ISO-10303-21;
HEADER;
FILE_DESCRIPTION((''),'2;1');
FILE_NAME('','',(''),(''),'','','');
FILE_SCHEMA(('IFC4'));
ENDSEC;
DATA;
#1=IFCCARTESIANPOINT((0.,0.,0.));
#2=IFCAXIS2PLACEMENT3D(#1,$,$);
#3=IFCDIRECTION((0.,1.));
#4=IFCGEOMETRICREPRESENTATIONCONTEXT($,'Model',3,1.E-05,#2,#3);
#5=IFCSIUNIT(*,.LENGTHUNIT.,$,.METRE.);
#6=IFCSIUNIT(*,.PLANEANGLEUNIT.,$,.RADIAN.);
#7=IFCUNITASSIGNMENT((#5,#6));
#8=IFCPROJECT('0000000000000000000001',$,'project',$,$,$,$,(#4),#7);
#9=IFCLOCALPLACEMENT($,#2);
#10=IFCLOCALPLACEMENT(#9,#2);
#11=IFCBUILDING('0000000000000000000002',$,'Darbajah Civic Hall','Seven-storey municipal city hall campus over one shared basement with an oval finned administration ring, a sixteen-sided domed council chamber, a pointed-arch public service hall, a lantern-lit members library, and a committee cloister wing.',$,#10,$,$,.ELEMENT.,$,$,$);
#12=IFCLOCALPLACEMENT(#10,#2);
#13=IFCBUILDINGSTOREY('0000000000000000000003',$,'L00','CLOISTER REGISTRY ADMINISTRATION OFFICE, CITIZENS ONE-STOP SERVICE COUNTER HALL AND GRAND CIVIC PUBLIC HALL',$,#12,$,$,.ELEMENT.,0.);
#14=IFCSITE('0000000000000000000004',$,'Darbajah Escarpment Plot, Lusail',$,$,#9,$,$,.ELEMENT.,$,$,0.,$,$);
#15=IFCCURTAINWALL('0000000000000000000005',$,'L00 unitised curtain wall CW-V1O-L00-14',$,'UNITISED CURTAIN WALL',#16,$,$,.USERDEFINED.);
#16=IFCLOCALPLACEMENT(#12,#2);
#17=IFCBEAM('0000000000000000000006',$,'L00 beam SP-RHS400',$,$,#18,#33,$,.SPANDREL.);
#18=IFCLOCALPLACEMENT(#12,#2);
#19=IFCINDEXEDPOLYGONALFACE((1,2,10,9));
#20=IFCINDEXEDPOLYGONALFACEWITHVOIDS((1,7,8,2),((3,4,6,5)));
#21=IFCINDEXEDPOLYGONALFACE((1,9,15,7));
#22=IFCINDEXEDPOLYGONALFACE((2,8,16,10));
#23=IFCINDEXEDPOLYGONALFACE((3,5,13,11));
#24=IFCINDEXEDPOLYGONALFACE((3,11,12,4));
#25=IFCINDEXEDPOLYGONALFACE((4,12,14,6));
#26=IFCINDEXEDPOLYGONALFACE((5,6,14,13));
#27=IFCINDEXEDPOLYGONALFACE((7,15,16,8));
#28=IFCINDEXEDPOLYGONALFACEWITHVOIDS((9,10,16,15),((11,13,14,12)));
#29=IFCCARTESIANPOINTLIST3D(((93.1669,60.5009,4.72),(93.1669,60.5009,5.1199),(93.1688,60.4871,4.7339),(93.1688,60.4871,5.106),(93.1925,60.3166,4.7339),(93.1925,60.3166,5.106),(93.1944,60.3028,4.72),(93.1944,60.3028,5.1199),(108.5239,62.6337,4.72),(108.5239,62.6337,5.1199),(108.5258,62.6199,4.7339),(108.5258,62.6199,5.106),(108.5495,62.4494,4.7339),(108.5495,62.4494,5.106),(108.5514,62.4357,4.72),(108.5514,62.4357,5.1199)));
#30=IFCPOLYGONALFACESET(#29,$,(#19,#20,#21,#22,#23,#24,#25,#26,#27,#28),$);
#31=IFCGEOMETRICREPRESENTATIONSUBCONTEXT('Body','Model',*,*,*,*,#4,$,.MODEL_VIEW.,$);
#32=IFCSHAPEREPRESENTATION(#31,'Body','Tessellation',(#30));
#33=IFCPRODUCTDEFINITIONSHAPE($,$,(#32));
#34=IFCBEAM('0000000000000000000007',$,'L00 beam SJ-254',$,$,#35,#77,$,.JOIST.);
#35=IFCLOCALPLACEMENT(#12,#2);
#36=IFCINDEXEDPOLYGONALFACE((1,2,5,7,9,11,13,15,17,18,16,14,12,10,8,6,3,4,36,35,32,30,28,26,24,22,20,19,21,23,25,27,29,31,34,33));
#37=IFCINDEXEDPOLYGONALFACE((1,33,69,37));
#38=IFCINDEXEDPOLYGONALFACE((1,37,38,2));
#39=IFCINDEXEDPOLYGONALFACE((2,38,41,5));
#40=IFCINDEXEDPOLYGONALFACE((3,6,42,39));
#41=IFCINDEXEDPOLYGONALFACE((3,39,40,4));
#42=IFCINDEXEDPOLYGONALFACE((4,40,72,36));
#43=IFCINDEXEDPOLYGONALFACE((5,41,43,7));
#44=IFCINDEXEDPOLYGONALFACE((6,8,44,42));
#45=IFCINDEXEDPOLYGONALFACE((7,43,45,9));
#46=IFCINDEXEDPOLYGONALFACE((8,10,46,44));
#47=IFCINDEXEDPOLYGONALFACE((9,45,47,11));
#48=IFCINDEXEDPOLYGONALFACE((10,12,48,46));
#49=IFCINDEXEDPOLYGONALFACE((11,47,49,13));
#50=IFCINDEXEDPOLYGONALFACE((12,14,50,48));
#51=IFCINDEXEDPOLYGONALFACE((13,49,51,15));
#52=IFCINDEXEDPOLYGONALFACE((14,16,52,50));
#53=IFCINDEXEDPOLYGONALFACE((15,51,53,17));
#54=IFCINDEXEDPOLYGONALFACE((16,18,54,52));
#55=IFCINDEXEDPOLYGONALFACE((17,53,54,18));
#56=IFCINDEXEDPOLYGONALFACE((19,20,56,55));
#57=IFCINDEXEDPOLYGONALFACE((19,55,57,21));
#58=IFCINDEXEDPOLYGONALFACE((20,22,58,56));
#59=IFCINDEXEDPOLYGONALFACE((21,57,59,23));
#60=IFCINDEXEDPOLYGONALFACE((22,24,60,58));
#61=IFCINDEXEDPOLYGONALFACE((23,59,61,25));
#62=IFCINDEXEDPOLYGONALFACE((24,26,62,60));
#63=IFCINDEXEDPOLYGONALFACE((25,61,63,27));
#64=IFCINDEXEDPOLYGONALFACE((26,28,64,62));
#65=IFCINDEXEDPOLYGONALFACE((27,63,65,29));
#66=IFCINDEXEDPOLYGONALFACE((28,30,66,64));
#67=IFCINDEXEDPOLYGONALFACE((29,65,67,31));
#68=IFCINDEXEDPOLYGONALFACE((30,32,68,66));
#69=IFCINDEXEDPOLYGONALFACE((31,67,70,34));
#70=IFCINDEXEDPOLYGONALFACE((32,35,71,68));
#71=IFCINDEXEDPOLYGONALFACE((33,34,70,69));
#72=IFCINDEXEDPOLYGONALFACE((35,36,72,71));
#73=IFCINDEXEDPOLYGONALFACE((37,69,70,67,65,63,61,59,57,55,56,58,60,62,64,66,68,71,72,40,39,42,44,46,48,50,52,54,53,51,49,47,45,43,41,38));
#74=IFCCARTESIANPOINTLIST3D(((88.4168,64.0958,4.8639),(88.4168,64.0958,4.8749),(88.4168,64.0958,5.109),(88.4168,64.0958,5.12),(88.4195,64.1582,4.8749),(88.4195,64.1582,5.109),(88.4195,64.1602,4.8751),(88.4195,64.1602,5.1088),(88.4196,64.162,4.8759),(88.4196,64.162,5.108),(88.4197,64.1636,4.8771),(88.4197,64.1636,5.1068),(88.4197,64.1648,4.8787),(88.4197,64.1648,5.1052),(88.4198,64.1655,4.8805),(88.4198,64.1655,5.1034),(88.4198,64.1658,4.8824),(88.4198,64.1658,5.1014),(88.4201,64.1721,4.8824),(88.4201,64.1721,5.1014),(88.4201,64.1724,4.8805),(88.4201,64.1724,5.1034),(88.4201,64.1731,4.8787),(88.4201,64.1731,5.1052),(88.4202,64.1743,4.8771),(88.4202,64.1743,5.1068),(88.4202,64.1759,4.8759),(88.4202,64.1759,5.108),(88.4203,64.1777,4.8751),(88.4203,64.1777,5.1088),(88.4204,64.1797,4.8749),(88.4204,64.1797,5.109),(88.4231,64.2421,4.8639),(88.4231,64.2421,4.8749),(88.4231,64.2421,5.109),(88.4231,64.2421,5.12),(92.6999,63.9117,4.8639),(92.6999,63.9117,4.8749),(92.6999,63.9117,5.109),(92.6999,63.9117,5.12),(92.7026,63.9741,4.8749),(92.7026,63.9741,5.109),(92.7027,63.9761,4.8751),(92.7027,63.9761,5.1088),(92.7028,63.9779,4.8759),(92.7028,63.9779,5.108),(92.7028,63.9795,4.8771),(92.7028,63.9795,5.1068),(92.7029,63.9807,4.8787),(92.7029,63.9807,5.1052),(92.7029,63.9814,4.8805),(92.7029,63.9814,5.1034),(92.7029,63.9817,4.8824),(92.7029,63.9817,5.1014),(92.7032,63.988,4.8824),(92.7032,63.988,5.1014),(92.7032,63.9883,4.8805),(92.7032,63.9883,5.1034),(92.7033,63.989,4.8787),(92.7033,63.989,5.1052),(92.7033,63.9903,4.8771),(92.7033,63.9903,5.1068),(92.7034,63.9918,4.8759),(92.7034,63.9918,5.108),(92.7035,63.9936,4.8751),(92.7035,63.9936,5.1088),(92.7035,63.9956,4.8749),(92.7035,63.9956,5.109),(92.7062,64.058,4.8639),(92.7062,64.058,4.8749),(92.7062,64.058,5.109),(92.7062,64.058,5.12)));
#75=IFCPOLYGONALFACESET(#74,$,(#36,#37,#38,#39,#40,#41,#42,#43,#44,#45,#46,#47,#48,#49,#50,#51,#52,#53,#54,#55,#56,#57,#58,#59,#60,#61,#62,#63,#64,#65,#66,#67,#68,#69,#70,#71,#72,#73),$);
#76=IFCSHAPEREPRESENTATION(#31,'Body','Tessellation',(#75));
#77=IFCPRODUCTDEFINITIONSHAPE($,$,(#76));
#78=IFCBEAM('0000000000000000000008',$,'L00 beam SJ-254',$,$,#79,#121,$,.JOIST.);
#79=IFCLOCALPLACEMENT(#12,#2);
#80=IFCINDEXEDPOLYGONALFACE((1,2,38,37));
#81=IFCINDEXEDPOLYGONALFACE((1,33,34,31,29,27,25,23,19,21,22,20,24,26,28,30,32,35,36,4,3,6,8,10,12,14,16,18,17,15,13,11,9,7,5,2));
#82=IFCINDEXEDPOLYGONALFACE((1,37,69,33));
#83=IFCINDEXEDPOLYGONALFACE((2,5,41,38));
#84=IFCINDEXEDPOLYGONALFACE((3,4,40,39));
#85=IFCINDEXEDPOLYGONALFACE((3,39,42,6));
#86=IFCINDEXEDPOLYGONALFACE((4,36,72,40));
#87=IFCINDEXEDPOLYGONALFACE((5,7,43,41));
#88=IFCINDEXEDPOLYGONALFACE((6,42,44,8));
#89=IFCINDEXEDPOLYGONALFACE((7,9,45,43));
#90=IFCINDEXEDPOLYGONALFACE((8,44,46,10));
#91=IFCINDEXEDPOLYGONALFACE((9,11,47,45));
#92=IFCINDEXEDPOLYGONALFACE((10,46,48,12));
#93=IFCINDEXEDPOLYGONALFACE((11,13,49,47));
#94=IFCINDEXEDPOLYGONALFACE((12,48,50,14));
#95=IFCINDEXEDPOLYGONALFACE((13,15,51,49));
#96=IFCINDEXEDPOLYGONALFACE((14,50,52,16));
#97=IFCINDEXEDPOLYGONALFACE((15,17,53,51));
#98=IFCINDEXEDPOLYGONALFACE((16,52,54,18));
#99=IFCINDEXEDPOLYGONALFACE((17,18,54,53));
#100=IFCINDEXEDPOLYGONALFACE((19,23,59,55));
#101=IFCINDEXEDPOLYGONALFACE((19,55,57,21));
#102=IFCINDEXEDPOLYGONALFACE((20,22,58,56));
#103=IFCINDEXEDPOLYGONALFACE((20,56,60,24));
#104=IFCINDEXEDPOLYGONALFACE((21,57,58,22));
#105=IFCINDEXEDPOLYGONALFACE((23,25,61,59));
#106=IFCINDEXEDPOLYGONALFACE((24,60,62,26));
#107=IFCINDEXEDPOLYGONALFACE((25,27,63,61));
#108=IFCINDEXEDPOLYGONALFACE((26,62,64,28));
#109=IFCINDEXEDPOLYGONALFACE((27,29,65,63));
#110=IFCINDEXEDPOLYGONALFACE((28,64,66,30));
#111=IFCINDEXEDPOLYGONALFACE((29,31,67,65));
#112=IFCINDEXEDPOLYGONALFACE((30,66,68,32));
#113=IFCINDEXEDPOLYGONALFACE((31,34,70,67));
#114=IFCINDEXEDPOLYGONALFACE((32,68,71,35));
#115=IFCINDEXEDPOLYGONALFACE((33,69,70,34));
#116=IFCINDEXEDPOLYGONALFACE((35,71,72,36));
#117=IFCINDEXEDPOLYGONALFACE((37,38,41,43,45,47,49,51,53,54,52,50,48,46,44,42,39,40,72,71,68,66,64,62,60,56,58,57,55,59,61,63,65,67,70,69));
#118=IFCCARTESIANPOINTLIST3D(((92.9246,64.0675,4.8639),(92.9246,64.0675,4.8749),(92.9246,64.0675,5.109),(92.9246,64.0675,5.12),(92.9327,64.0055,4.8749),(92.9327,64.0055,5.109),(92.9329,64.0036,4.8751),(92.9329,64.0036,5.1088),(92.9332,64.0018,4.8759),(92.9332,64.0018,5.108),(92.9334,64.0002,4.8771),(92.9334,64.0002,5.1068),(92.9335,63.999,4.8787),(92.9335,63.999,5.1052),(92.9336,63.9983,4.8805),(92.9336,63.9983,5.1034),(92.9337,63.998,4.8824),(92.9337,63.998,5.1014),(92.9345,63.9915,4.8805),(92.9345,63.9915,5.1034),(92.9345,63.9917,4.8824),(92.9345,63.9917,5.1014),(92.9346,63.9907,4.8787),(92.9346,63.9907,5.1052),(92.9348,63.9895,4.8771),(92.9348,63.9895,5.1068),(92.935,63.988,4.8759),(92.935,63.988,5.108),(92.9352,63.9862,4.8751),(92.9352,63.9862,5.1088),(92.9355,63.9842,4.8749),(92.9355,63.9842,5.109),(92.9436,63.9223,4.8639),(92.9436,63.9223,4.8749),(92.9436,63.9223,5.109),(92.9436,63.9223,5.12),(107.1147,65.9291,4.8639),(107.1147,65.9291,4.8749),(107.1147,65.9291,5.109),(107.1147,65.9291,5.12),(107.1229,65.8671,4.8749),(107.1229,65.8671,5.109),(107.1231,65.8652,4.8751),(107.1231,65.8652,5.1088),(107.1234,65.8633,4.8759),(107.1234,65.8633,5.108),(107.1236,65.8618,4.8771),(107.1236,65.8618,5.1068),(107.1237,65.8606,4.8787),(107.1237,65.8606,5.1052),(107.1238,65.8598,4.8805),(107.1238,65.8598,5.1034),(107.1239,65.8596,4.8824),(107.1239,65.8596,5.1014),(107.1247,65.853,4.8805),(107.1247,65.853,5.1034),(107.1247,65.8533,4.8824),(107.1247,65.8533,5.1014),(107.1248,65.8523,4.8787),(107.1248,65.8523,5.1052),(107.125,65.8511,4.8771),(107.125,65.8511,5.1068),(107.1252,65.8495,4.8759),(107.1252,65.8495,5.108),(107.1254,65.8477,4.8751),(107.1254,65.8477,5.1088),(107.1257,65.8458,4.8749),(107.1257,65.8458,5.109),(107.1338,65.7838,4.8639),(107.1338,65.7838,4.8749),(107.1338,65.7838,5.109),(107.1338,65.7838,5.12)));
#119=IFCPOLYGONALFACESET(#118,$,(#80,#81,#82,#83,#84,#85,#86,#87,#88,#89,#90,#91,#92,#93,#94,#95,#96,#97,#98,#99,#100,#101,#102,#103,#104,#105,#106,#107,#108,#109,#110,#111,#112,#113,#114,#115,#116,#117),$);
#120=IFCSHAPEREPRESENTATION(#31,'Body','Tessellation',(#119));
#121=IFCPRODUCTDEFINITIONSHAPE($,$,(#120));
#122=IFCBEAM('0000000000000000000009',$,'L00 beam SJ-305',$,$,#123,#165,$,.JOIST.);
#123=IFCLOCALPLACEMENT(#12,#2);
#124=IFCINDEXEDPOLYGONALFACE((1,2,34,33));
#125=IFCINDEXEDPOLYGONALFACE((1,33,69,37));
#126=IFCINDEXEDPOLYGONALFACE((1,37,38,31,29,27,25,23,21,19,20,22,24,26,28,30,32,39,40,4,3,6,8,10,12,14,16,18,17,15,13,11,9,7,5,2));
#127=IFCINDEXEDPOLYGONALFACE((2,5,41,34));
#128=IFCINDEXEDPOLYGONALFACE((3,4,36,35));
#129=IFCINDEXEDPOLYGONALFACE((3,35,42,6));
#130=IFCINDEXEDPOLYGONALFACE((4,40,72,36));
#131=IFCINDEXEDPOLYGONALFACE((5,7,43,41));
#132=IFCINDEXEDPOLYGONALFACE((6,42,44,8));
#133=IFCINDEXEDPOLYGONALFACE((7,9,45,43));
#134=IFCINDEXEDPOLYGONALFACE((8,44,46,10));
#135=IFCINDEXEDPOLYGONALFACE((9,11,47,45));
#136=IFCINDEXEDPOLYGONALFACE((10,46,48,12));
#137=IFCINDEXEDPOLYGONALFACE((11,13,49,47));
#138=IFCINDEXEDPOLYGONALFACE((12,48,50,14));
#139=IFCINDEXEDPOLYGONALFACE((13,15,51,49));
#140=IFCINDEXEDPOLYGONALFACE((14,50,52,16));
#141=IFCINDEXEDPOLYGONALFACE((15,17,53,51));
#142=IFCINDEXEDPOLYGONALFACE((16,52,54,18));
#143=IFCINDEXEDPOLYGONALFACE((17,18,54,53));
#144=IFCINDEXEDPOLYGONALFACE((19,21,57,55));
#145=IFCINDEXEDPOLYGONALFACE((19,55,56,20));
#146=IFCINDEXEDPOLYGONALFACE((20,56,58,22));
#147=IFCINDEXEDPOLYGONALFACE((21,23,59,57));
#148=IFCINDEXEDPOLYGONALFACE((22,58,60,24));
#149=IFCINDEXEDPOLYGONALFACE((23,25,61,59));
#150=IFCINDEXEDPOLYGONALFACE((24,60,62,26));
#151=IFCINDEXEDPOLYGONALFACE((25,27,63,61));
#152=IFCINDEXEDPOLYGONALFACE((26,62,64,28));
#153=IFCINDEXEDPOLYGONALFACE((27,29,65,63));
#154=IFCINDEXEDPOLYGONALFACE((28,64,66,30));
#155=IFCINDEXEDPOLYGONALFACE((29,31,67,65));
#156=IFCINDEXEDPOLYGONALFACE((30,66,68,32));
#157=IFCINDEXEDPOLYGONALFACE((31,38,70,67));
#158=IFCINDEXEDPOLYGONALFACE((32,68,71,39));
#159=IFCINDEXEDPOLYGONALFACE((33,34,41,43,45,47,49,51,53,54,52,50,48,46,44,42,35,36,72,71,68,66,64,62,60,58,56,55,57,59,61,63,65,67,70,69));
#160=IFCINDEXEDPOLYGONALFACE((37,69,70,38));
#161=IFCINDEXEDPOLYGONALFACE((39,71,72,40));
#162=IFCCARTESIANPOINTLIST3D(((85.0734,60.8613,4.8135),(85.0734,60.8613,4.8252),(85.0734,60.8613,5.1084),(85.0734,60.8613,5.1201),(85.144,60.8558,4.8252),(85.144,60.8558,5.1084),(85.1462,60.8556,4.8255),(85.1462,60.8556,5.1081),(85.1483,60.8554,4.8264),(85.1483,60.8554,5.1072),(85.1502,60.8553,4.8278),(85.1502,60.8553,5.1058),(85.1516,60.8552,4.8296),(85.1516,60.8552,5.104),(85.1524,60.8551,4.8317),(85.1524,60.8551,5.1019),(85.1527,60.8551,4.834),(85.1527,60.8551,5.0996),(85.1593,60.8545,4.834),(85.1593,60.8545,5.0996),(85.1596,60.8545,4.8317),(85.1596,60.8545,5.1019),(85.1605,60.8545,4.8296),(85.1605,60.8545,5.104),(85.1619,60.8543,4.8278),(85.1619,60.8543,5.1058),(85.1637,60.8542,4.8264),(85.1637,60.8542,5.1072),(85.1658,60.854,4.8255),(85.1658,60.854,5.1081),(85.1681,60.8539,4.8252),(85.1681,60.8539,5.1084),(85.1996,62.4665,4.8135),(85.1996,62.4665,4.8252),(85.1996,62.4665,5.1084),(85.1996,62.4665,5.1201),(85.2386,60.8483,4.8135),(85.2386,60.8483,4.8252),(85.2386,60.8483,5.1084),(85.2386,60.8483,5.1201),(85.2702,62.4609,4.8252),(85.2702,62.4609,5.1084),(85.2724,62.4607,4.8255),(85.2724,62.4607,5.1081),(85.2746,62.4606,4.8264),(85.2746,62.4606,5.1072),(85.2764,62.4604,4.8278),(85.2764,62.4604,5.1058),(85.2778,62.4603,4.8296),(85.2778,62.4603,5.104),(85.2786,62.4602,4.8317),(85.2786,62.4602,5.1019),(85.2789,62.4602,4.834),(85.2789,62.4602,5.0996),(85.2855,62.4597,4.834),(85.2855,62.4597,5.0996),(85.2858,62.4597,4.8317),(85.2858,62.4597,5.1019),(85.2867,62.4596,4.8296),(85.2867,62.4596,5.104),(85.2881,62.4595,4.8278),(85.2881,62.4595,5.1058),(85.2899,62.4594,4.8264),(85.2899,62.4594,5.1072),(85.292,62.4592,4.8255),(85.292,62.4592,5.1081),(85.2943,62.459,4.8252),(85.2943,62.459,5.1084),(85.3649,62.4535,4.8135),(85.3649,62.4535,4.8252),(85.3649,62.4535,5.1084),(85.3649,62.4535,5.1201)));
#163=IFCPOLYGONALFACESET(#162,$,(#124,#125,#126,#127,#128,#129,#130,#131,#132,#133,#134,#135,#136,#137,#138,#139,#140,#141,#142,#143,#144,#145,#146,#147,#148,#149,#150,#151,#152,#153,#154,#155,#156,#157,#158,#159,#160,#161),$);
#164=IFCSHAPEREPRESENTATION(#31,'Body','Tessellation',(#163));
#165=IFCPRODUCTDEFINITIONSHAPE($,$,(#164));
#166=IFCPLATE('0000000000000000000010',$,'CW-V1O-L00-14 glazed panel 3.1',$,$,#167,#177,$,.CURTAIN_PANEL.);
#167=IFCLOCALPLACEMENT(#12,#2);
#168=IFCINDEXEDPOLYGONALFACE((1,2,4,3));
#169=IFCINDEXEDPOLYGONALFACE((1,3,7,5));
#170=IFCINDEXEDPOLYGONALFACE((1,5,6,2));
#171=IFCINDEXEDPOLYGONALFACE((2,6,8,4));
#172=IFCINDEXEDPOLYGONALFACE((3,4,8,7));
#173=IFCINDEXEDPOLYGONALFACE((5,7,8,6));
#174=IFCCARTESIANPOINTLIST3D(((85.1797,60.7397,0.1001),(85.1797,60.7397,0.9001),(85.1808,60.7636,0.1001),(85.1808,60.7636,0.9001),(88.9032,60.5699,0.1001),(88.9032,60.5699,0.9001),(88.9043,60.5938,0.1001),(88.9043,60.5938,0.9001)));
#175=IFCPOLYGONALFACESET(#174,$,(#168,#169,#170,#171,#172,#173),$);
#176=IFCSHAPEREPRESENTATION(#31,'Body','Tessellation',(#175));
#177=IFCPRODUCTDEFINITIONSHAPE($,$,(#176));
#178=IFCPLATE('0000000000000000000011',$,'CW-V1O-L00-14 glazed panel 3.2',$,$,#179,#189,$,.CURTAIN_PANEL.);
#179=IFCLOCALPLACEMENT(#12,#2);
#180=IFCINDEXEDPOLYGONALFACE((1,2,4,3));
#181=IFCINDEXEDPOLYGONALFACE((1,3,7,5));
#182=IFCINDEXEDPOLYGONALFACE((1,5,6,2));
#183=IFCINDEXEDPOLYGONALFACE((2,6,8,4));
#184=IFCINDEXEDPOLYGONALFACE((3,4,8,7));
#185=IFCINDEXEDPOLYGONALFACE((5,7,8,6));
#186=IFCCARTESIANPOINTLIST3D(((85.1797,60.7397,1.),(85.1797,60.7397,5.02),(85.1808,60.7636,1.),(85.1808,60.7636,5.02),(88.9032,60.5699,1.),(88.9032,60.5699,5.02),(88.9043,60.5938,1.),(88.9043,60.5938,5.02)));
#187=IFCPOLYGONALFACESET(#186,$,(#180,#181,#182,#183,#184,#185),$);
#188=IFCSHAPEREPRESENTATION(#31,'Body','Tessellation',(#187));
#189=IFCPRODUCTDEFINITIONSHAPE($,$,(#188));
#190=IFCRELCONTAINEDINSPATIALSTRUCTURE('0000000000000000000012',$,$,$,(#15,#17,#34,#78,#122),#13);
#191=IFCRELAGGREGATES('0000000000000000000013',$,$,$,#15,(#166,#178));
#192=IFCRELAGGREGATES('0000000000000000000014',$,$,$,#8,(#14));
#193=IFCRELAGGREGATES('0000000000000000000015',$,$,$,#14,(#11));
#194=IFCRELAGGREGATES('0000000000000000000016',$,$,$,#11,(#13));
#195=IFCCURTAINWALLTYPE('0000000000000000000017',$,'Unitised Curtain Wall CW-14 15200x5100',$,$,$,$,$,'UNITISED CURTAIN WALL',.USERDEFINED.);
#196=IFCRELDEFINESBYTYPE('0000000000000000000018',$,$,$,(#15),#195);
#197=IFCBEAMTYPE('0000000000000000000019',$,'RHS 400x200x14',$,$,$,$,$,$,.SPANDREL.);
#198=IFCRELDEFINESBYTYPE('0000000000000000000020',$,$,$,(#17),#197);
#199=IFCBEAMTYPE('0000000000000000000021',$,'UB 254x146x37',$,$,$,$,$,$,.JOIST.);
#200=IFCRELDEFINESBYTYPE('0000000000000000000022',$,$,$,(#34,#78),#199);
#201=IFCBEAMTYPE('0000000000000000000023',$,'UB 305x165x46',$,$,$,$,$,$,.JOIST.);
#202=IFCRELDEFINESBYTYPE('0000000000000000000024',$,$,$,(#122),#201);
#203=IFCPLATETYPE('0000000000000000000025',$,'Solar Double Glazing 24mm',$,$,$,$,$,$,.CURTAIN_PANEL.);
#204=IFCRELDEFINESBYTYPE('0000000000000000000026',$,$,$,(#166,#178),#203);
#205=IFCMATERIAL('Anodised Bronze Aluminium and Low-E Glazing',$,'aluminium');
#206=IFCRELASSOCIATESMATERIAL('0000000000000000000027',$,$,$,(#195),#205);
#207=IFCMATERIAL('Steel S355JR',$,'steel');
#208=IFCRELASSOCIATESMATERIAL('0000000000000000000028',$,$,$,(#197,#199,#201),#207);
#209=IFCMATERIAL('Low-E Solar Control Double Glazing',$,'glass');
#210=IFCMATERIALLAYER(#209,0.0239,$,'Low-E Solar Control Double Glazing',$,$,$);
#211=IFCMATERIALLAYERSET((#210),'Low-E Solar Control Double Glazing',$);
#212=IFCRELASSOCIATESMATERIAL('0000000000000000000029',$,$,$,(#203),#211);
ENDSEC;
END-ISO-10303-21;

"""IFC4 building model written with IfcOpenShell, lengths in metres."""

from ifc_helpers import new_model, si_unit, direction, frame, origin, origin_2d, place, context, subcontext, project, spatial, rectangle, hollow_rectangle, i_section, extrude, material, layer, layer_set, material_profile, profile_set, type_object, element, aggregate, save


model = new_model("IFC4")

# Units and contexts
model_context = context("Model", 3, precision=1e-05, world=origin(), true_north=direction((0.0, 1.0)))
body_context = subcontext(model_context, "Body", "Model", "MODEL_VIEW")
ifc_project = project(units=[si_unit("LENGTHUNIT", "METRE"), si_unit("PLANEANGLEUNIT", "RADIAN")], contexts=[model_context])

# Site, building, storey
site_placement = place(None, origin())
site = spatial("IfcSite", under=ifc_project, at=site_placement, Name="Darbajah Escarpment Plot, Lusail", CompositionType="ELEMENT", RefElevation=0.0)
building_placement = place(site_placement, origin())
building = spatial("IfcBuilding", under=site, at=building_placement, Name="Darbajah Civic Hall", Description="Seven-storey municipal city hall campus over one shared basement with an oval finned administration ring, a sixteen-sided domed council chamber, a pointed-arch public service hall, a lantern-lit members library, and a committee cloister wing.", CompositionType="ELEMENT")
storey_placement = place(building_placement, origin())
storey = spatial("IfcBuildingStorey", under=building, at=storey_placement, Name="L00", Description="CLOISTER REGISTRY ADMINISTRATION OFFICE, CITIZENS ONE-STOP SERVICE COUNTER HALL AND GRAND CIVIC PUBLIC HALL", CompositionType="ELEMENT", Elevation=0.0)

# Curtain wall
ifc_material_1 = material(Name="Anodised Bronze Aluminium and Low-E Glazing", Category="aluminium")
curtain_wall_type = type_object("IfcCurtainWallType", Name="Unitised Curtain Wall CW-14 15200x5100", ElementType="UNITISED CURTAIN WALL", PredefinedType="USERDEFINED", material=ifc_material_1)
curtain_wall_placement = place(storey_placement, origin())
curtain_wall = element("IfcCurtainWall", 1, at=curtain_wall_placement, inside=storey, type_object=curtain_wall_type, Name="L00 unitised curtain wall CW-V1O-L00-14", ObjectType="UNITISED CURTAIN WALL", PredefinedType="USERDEFINED")

# Beams
ifc_material_2 = material(Name="Steel S355JR", Category="steel")
ifc_material_profile_1 = material_profile(ifc_material_2, hollow_rectangle(XDim=0.2, YDim=0.3999, WallThickness=0.0139, at=origin_2d()), Name="RHS 400x200x14")
ifc_profile_set_1 = profile_set([ifc_material_profile_1], Name="Steel S355JR")
beam_type_1 = type_object("IfcBeamType", Name="RHS 400x200x14", PredefinedType="SPANDREL", material=ifc_profile_set_1)
beam_1_placement = place(storey_placement, frame((93.1807, 60.4019, 4.9199), z_axis=(0.990493, 0.137562, 0.0), x_axis=(-0.137562, 0.990493, 0.0)))
element("IfcBeam", 2, at=beam_1_placement, inside=storey, type_object=beam_type_1, Name="L00 beam SP-RHS400", PredefinedType="SPANDREL", context=body_context, shape_type="SweptSolid", body=[
    extrude(hollow_rectangle(XDim=0.2, YDim=0.3999, WallThickness=0.0139, at=origin_2d()), origin(), (0.0, 0.0, 1.0), 15.5044),
])
ifc_material_profile_2 = material_profile(ifc_material_2, i_section(OverallWidth=0.1465, OverallDepth=0.2561, WebThickness=0.0063, FlangeThickness=0.011, FilletRadius=0.0076, at=origin_2d()), Name="UB 254x146x37")
ifc_profile_set_2 = profile_set([ifc_material_profile_2], Name="Steel S355JR")
beam_type_2 = type_object("IfcBeamType", Name="UB 254x146x37", PredefinedType="JOIST", material=ifc_profile_set_2)
beam_2_placement = place(storey_placement, frame((88.4199, 64.1689, 4.9919), z_axis=(0.999078, -0.042938, 0.0), x_axis=(0.042938, 0.999078, 0.0)))
element("IfcBeam", 3, at=beam_2_placement, inside=storey, type_object=beam_type_2, Name="L00 beam SJ-254", PredefinedType="JOIST", context=body_context, shape_type="SweptSolid", body=[
    extrude(i_section(OverallWidth=0.1465, OverallDepth=0.2561, WebThickness=0.0063, FlangeThickness=0.011, FilletRadius=0.0076, at=origin_2d()), origin(), (0.0, 0.0, 1.0), 4.2871),
])
beam_3_placement = place(storey_placement, frame((92.9341, 63.9949, 4.9919), z_axis=(0.991504, 0.130073, 0.0), x_axis=(-0.130073, 0.991504, 0.0)))
element("IfcBeam", 4, at=beam_3_placement, inside=storey, type_object=beam_type_2, Name="L00 beam SJ-254", PredefinedType="JOIST", context=body_context, shape_type="SweptSolid", body=[
    extrude(i_section(OverallWidth=0.1465, OverallDepth=0.2561, WebThickness=0.0063, FlangeThickness=0.011, FilletRadius=0.0076, at=origin_2d()), origin(), (0.0, 0.0, 1.0), 14.3118),
])
ifc_material_profile_3 = material_profile(ifc_material_2, i_section(OverallWidth=0.1658, OverallDepth=0.3066, WebThickness=0.0066, FlangeThickness=0.0117, FilletRadius=0.0088, at=origin_2d()), Name="UB 305x165x46")
ifc_profile_set_3 = profile_set([ifc_material_profile_3], Name="Steel S355JR")
beam_type_3 = type_object("IfcBeamType", Name="UB 305x165x46", PredefinedType="JOIST", material=ifc_profile_set_3)
beam_4_placement = place(storey_placement, frame((85.2822, 62.46, 4.9668), z_axis=(-0.078389, -0.996923, 0.0), x_axis=(0.996923, -0.078389, 0.0)))
element("IfcBeam", 5, at=beam_4_placement, inside=storey, type_object=beam_type_3, Name="L00 beam SJ-305", PredefinedType="JOIST", context=body_context, shape_type="SweptSolid", body=[
    extrude(i_section(OverallWidth=0.1658, OverallDepth=0.3066, WebThickness=0.0066, FlangeThickness=0.0117, FilletRadius=0.0088, at=origin_2d()), origin(), (0.0, 0.0, 1.0), 1.6101),
])

# Plates
ifc_material_3 = material(Name="Low-E Solar Control Double Glazing", Category="glass")
ifc_layer_1 = layer(ifc_material_3, 0.0239, Name="Low-E Solar Control Double Glazing")
ifc_layer_set_1 = layer_set([ifc_layer_1], Name="Low-E Solar Control Double Glazing")
plate_type = type_object("IfcPlateType", Name="Solar Double Glazing 24mm", PredefinedType="CURTAIN_PANEL", material=ifc_layer_set_1)
plate_1_placement = place(storey_placement, frame((87.042, 60.6667, 0.1001), z_axis=(0.0, 0.0, 1.0), x_axis=(0.998963, -0.045537, 0.0)))
plate_1 = element("IfcPlate", 6, at=plate_1_placement, type_object=plate_type, Name="CW-V1O-L00-14 glazed panel 3.1", PredefinedType="CURTAIN_PANEL", context=body_context, shape_type="SweptSolid", body=[
    extrude(rectangle(XDim=3.7273, YDim=0.0239, at=origin_2d()), origin(), (0.0, 0.0, 1.0), 0.8),
])
plate_2_placement = place(storey_placement, frame((87.042, 60.6667, 1.0), z_axis=(0.0, 0.0, 1.0), x_axis=(0.998963, -0.045537, 0.0)))
plate_2 = element("IfcPlate", 7, at=plate_2_placement, type_object=plate_type, Name="CW-V1O-L00-14 glazed panel 3.2", PredefinedType="CURTAIN_PANEL", context=body_context, shape_type="SweptSolid", body=[
    extrude(rectangle(XDim=3.7273, YDim=0.0239, at=origin_2d()), origin(), (0.0, 0.0, 1.0), 4.02),
])
aggregate(curtain_wall, [plate_1, plate_2])

save(model, "model.ifc")
